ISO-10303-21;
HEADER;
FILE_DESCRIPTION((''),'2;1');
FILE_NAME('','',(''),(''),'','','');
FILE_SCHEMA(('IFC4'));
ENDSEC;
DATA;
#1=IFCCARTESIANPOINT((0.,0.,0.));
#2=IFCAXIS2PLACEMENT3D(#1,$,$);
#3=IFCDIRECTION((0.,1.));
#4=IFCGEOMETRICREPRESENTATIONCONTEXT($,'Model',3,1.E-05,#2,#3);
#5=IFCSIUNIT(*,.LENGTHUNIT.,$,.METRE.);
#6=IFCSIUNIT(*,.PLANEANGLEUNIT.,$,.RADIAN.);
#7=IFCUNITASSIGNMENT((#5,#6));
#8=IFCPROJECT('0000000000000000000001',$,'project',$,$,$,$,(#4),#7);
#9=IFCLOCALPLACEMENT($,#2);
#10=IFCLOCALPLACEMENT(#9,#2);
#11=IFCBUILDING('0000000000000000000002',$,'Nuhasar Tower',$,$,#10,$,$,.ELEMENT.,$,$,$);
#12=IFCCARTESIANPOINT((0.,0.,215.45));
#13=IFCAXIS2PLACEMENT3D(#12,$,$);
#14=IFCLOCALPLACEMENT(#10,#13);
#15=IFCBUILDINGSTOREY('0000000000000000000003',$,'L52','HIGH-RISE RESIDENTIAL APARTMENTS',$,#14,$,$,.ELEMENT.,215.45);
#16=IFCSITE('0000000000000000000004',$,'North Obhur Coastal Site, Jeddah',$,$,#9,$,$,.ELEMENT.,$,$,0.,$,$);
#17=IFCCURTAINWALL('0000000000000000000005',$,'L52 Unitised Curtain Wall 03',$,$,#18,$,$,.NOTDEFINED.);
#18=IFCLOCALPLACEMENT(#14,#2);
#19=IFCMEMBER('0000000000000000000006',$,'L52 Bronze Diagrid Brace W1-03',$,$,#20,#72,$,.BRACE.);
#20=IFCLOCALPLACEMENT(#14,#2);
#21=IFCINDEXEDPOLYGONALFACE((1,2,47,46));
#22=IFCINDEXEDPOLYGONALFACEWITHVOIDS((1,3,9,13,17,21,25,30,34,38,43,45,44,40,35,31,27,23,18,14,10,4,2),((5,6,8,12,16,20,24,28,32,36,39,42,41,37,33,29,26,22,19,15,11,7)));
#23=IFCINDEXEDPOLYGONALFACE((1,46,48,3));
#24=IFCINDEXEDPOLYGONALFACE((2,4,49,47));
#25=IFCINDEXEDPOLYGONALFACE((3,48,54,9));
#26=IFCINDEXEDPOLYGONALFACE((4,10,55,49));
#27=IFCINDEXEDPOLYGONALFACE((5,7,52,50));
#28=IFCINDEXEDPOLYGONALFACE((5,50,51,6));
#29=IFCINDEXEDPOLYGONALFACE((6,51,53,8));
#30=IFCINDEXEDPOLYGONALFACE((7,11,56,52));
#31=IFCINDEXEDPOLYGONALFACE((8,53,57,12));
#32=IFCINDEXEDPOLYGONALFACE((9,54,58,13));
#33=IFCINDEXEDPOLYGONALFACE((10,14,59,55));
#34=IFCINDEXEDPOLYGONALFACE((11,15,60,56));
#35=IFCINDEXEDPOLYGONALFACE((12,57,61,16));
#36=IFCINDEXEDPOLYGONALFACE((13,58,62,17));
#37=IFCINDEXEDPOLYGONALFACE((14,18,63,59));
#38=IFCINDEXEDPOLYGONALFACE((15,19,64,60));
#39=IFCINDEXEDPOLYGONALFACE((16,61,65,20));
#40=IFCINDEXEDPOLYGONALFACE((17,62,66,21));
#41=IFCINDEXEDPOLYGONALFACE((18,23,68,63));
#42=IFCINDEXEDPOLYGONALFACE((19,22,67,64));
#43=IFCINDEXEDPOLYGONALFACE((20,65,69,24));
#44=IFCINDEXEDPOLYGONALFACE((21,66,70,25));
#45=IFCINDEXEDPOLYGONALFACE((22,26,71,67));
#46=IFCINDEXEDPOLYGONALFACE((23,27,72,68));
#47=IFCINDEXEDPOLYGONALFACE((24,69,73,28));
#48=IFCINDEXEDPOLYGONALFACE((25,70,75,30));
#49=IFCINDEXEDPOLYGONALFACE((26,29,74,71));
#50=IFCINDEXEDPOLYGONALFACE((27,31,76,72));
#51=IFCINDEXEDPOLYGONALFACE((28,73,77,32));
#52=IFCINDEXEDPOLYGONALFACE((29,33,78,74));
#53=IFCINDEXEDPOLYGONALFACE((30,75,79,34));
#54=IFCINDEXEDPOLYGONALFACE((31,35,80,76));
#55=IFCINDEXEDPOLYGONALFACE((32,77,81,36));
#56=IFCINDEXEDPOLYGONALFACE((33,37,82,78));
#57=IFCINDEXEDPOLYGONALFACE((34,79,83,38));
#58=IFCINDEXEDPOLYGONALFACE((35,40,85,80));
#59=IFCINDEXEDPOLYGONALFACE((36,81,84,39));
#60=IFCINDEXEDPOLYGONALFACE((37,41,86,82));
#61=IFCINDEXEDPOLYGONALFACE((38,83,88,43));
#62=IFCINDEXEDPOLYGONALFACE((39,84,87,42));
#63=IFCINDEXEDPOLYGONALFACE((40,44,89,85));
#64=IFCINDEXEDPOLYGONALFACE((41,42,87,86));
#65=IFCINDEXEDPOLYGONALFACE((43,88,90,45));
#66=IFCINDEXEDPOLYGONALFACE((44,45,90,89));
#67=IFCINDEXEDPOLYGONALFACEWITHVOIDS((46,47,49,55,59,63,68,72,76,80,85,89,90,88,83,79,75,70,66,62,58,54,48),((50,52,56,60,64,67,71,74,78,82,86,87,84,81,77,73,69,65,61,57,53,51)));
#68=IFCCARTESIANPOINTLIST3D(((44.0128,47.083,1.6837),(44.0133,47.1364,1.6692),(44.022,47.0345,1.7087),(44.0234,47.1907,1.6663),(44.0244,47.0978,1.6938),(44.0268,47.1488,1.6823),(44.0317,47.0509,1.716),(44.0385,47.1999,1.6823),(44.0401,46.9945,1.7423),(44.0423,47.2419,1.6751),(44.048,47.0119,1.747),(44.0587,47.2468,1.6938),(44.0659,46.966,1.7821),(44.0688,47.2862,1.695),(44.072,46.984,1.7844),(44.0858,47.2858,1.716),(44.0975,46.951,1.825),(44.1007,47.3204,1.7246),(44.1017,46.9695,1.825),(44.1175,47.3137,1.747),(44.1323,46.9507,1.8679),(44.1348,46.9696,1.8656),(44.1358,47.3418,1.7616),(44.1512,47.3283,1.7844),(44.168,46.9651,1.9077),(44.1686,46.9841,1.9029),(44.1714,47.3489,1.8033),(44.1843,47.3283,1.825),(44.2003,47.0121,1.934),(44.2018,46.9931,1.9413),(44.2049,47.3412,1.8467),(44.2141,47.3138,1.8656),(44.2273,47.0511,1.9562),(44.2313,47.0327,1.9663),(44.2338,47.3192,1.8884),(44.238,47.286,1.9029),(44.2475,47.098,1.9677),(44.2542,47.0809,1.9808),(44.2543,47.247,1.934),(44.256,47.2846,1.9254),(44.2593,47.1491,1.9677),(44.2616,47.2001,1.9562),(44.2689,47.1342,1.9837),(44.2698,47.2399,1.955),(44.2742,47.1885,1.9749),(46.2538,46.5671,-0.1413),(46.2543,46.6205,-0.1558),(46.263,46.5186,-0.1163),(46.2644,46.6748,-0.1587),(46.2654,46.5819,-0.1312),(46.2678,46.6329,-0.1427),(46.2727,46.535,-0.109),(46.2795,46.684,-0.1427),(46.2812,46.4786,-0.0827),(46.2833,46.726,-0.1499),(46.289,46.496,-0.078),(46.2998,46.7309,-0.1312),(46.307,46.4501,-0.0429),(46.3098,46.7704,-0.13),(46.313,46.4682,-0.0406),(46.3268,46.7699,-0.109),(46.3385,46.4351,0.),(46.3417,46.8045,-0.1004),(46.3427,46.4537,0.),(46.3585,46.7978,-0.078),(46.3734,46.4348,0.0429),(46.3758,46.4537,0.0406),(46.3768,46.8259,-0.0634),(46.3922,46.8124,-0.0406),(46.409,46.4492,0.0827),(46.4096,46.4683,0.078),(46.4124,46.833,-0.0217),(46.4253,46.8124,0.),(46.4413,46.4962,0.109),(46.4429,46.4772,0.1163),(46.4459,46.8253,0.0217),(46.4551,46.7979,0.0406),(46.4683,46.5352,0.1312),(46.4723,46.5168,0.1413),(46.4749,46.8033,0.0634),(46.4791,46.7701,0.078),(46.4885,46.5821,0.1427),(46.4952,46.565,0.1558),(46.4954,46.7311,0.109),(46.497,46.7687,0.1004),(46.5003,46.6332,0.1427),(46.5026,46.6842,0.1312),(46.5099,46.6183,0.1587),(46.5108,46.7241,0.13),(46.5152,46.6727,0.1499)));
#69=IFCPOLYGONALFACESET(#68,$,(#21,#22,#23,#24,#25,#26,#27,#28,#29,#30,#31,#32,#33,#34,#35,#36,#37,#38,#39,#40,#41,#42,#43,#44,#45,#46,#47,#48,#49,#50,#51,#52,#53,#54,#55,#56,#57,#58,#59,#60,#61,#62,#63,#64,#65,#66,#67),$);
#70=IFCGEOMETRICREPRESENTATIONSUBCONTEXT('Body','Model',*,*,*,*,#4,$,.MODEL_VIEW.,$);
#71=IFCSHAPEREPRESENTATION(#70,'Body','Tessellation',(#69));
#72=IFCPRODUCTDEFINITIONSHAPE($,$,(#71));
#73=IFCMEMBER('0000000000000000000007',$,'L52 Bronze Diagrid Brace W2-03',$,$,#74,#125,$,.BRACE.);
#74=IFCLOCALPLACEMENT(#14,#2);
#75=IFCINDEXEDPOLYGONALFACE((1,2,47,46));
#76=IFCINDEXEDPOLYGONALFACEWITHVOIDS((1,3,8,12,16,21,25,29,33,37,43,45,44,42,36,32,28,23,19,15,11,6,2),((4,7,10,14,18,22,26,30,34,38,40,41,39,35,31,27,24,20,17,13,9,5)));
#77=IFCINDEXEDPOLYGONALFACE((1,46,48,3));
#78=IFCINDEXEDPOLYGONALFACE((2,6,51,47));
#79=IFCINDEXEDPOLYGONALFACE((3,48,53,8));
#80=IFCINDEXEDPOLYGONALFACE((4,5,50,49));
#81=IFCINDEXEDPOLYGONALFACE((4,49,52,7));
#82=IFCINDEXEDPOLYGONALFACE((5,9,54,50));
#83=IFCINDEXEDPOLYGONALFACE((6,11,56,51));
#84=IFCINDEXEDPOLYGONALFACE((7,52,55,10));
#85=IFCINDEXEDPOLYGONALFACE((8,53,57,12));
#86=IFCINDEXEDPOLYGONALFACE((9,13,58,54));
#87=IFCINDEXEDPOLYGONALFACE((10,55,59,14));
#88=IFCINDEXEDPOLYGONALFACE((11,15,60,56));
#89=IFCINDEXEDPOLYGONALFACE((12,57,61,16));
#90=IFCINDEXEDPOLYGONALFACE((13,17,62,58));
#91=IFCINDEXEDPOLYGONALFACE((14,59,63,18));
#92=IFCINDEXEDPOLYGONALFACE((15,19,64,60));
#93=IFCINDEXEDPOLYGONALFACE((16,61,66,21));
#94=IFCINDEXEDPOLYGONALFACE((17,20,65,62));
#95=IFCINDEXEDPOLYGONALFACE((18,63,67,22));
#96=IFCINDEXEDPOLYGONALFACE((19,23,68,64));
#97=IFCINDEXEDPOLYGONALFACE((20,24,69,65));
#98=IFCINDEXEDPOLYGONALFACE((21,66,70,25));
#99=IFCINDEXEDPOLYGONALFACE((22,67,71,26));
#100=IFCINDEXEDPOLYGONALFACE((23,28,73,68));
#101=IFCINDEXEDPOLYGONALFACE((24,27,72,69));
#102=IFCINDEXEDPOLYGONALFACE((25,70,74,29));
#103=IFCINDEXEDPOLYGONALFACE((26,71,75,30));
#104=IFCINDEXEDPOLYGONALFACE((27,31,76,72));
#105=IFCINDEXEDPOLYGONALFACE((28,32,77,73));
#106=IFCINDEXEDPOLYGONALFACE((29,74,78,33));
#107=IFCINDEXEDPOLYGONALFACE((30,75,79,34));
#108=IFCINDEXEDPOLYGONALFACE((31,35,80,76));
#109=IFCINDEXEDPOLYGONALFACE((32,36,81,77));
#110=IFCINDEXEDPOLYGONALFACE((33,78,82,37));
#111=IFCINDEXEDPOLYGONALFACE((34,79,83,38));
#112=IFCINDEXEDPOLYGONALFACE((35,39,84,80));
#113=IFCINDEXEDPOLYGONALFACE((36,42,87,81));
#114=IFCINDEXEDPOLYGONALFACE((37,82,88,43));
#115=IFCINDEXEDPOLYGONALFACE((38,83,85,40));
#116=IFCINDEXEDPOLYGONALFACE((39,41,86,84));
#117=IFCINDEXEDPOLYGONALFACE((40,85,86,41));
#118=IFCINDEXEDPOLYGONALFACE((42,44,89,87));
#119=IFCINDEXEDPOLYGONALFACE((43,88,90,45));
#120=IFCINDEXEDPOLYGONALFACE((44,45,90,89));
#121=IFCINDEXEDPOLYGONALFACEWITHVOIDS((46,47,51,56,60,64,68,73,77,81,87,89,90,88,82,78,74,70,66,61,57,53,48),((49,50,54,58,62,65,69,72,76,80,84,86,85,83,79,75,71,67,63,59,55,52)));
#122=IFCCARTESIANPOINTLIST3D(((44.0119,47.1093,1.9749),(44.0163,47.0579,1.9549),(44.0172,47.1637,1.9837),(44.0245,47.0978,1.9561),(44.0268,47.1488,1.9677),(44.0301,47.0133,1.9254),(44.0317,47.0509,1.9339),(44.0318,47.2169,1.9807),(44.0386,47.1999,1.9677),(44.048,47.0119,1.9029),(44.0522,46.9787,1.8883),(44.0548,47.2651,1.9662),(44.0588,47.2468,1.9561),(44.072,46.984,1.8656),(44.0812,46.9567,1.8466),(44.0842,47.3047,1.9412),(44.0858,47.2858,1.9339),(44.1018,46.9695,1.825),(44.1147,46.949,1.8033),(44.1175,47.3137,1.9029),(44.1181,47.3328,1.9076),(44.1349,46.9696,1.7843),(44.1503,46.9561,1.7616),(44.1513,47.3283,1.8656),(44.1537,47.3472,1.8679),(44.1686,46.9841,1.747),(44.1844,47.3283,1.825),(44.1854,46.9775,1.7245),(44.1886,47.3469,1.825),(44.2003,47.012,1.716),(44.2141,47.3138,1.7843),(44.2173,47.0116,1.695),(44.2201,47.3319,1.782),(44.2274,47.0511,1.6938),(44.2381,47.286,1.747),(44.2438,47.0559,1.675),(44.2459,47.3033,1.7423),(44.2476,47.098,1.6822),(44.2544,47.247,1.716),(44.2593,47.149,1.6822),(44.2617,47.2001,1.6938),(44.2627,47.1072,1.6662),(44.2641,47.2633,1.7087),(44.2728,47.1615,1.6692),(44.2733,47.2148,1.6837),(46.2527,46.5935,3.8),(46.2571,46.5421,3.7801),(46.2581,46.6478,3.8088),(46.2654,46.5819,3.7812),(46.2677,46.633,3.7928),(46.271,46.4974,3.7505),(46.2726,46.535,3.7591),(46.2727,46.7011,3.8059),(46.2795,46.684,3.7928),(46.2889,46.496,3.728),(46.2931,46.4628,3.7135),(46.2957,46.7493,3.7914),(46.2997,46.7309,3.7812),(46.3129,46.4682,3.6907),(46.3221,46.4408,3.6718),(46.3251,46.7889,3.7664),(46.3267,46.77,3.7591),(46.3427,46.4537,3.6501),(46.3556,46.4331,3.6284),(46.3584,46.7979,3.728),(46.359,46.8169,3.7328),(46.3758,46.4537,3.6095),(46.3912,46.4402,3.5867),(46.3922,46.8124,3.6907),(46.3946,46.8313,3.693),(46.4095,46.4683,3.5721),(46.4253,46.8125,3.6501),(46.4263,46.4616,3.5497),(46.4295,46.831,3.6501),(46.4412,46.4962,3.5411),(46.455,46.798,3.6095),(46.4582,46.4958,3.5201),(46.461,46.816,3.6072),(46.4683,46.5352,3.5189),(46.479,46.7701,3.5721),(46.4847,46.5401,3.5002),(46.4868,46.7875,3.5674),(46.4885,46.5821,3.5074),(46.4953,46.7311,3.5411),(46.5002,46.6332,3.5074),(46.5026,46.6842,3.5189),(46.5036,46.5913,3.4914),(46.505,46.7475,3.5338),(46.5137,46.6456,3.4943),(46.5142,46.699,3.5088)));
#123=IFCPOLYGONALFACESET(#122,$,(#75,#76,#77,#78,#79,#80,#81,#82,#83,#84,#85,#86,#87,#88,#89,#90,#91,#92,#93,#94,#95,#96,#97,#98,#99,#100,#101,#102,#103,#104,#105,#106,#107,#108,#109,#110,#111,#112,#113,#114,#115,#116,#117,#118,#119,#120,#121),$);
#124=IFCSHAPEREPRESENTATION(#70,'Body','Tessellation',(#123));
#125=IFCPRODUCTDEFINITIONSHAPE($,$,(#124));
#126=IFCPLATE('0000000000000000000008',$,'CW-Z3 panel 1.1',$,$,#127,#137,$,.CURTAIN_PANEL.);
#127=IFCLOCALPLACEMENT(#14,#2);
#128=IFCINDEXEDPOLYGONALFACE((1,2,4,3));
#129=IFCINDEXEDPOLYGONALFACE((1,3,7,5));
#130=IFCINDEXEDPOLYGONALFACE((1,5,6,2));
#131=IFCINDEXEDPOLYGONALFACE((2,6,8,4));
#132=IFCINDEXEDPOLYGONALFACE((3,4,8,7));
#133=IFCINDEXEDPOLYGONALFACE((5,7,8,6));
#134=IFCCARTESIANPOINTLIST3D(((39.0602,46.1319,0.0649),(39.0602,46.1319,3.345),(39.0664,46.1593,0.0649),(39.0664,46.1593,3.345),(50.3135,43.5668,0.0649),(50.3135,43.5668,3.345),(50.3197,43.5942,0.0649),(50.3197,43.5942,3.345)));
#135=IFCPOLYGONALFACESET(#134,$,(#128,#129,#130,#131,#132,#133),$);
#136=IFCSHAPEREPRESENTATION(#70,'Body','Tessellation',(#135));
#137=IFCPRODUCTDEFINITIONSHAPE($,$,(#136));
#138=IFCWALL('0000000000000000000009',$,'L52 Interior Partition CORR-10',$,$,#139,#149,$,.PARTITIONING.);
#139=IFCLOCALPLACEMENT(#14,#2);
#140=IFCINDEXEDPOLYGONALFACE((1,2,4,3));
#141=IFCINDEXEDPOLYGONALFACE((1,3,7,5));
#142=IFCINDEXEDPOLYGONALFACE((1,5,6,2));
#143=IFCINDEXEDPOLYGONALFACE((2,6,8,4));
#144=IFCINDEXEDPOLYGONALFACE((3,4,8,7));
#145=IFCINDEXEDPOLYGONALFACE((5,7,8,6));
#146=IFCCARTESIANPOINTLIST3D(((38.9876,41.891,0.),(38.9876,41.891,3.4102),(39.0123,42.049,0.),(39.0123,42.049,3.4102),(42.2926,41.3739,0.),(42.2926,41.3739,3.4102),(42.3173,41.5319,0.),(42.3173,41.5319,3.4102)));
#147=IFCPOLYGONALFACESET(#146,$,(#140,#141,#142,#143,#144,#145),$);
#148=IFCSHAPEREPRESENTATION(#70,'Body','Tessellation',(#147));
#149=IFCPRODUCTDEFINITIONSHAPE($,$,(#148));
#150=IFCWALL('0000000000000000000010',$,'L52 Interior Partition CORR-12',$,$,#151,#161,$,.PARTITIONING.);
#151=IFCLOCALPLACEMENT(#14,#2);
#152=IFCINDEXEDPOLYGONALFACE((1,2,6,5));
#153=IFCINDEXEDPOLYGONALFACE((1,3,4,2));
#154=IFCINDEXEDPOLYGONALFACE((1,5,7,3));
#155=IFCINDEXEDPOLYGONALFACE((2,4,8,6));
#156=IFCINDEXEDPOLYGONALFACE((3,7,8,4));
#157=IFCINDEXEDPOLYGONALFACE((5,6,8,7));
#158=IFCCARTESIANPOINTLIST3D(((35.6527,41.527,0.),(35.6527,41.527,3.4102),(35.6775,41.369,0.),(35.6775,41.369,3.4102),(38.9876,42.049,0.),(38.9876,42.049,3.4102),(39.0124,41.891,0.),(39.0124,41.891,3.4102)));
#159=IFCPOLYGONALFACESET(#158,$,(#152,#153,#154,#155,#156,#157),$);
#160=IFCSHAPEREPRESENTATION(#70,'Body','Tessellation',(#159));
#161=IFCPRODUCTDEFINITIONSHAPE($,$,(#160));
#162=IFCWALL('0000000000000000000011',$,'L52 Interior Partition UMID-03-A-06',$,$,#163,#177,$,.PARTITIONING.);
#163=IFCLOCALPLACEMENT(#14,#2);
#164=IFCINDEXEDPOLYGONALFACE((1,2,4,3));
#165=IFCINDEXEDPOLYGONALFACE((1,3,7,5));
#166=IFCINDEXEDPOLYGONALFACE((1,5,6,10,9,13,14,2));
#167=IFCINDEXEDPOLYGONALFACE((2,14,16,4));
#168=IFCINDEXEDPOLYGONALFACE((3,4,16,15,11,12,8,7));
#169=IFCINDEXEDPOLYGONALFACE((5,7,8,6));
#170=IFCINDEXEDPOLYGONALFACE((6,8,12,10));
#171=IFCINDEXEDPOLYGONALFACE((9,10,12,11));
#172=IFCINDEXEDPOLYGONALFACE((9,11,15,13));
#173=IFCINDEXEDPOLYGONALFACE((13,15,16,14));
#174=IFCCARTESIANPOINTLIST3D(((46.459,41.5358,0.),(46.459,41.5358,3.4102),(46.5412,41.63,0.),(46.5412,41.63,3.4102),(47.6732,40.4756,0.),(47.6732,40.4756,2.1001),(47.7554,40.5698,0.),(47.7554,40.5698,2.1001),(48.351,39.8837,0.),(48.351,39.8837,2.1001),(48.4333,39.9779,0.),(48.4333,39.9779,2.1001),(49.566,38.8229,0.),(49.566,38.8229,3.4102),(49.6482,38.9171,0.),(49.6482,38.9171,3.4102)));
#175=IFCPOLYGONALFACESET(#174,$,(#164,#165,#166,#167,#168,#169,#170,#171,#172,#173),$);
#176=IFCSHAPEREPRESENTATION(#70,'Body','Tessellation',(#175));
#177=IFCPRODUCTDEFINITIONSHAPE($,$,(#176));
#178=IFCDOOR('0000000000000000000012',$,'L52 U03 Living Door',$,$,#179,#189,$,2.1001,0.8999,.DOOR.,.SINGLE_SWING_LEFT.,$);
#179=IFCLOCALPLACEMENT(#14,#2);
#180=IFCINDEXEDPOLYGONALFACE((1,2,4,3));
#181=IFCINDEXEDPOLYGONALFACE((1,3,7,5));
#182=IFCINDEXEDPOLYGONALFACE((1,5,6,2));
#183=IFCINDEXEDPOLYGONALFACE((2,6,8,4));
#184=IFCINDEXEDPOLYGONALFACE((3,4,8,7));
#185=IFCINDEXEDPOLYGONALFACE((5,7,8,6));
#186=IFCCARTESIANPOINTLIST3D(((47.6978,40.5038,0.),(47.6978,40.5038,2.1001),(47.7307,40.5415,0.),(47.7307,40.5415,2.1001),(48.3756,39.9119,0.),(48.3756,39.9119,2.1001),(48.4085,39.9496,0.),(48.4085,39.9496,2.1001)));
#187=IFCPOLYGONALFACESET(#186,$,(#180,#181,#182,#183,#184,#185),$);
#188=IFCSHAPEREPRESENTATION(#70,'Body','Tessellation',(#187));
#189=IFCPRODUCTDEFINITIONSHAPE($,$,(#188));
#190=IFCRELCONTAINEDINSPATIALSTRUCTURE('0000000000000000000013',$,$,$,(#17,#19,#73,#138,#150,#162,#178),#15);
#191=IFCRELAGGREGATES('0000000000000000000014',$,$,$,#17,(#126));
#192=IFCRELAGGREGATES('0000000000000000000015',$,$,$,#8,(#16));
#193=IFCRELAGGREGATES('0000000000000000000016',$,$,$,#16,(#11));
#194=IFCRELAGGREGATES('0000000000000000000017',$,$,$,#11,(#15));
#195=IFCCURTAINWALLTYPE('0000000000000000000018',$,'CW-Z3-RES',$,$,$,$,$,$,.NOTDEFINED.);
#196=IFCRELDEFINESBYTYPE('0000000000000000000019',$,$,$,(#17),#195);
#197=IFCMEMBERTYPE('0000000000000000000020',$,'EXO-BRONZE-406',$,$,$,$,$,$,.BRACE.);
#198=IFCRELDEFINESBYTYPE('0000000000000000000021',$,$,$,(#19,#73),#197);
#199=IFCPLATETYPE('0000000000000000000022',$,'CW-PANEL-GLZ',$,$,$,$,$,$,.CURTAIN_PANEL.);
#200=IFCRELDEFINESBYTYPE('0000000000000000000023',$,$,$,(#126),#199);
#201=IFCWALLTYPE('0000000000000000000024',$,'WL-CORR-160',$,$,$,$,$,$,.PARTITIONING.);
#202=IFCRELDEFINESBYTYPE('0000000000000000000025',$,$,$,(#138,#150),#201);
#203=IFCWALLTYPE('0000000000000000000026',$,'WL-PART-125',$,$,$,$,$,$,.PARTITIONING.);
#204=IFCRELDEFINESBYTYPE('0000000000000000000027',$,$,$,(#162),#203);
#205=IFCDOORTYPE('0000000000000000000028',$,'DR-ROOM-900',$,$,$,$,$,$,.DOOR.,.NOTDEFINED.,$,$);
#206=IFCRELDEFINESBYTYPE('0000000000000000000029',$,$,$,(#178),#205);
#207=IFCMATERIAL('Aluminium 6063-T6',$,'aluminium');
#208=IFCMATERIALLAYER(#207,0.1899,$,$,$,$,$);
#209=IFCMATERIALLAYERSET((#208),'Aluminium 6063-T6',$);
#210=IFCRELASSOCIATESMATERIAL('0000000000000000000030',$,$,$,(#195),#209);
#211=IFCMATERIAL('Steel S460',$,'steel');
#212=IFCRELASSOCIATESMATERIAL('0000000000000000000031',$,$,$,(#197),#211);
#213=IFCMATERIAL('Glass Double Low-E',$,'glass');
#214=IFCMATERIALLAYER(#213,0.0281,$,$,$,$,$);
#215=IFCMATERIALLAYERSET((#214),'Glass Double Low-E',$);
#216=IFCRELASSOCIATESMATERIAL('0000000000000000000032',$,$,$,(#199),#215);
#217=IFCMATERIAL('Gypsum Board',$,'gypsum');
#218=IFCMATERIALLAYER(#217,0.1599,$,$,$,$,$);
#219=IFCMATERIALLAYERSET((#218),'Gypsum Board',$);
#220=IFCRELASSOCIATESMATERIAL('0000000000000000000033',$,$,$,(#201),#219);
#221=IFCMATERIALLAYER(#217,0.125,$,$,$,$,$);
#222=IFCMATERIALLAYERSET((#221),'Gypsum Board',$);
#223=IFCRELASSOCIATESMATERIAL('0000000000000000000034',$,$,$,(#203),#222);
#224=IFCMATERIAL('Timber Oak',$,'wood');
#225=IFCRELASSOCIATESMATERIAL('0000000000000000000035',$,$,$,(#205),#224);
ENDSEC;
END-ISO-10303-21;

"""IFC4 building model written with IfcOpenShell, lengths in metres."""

from ifc_helpers import new_model, si_unit, direction, frame, frame_2d, origin, origin_2d, place, context, subcontext, project, spatial, rectangle, hollow_circle, extrude, material, layer, layer_set, material_profile, profile_set, type_object, element, fill, aggregate, save


model = new_model("IFC4")

# Units and contexts
model_context = context("Model", 3, precision=1e-05, world=origin(), true_north=direction((0.0, 1.0)))
body_context = subcontext(model_context, "Body", "Model", "MODEL_VIEW")
ifc_project = project(units=[si_unit("LENGTHUNIT", "METRE"), si_unit("PLANEANGLEUNIT", "RADIAN")], contexts=[model_context])

# Site, building, storey
site_placement = place(None, origin())
site = spatial("IfcSite", under=ifc_project, at=site_placement, Name="North Obhur Coastal Site, Jeddah", CompositionType="ELEMENT", RefElevation=0.0)
building_placement = place(site_placement, origin())
building = spatial("IfcBuilding", under=site, at=building_placement, Name="Nuhasar Tower", CompositionType="ELEMENT")
storey_placement = place(building_placement, frame((0.0, 0.0, 215.45)))
storey = spatial("IfcBuildingStorey", under=building, at=storey_placement, Name="L52", Description="HIGH-RISE RESIDENTIAL APARTMENTS", CompositionType="ELEMENT", Elevation=215.45)

# Curtain wall
ifc_material_1 = material(Name="Aluminium 6063-T6", Category="aluminium")
ifc_layer_1 = layer(ifc_material_1, 0.1899)
ifc_layer_set_1 = layer_set([ifc_layer_1], Name="Aluminium 6063-T6")
curtain_wall_type = type_object("IfcCurtainWallType", Name="CW-Z3-RES", PredefinedType="NOTDEFINED", material=ifc_layer_set_1)
curtain_wall_1_placement = place(storey_placement, origin())
curtain_wall_1 = element("IfcCurtainWall", 1, at=curtain_wall_1_placement, inside=storey, type_object=curtain_wall_type, Name="L52 Unitised Curtain Wall 03", PredefinedType="NOTDEFINED")

# Members
ifc_material_2 = material(Name="Steel S460", Category="steel")
ifc_material_profile_1 = material_profile(ifc_material_2, hollow_circle(Radius=0.2031, WallThickness=0.019, at=origin_2d()), Name="HSS406.4X19.1")
ifc_profile_set_1 = profile_set([ifc_material_profile_1], Name="Steel S460")
member_type_1 = type_object("IfcMemberType", Name="EXO-BRONZE-406", PredefinedType="BRACE", material=ifc_profile_set_1)
for number, where, z_axis, x_axis, name in (
    (2, (46.384, 46.6331, 0.0), (-0.763343, 0.175721, 0.621635), (-0.224332, -0.974513, 0.0), "L52 Bronze Diagrid Brace W1-03"),
    (3, (44.1431, 47.1489, 1.825), (0.763303, -0.175712, 0.621686), (0.224332, 0.974513, 0.0), "L52 Bronze Diagrid Brace W2-03"),
):
    element("IfcMember", number, at=place(storey_placement, frame(where, z_axis=z_axis, x_axis=x_axis)), inside=storey, type_object=member_type_1, Name=name, PredefinedType="BRACE", context=body_context, shape_type="SweptSolid", body=[
        extrude(hollow_circle(Radius=0.2031, WallThickness=0.019, at=origin_2d()), origin(), (0.0, 0.0, 1.0), 2.9358),
    ])

# Plate
ifc_material_3 = material(Name="Glass Double Low-E", Category="glass")
ifc_layer_2 = layer(ifc_material_3, 0.0281)
ifc_layer_set_2 = layer_set([ifc_layer_2], Name="Glass Double Low-E")
plate_type = type_object("IfcPlateType", Name="CW-PANEL-GLZ", PredefinedType="CURTAIN_PANEL", material=ifc_layer_set_2)
plate_placement = place(storey_placement, frame((44.6899, 44.863, 0.0649), z_axis=(0.0, 0.0, 1.0), x_axis=(-0.974991, 0.222243, 0.0)))
plate = element("IfcPlate", 4, at=plate_placement, type_object=plate_type, Name="CW-Z3 panel 1.1", PredefinedType="CURTAIN_PANEL", context=body_context, shape_type="SweptSolid", body=[
    extrude(rectangle(XDim=11.542, YDim=0.0281, at=origin_2d()), origin(), (0.0, 0.0, 1.0), 3.28),
])
aggregate(curtain_wall_1, [plate])

# Walls
ifc_material_4 = material(Name="Gypsum Board", Category="gypsum")
ifc_layer_3 = layer(ifc_material_4, 0.1599)
ifc_layer_set_3 = layer_set([ifc_layer_3], Name="Gypsum Board")
wall_type_1 = type_object("IfcWallType", Name="WL-CORR-160", PredefinedType="PARTITIONING", material=ifc_layer_set_3)
wall_1_placement = place(storey_placement, frame((42.3049, 41.4529, 0.0), z_axis=(0.0, 0.0, 1.0), x_axis=(-0.98798, 0.154579, 0.0)))
element("IfcWall", 5, at=wall_1_placement, inside=storey, type_object=wall_type_1, Name="L52 Interior Partition CORR-10", PredefinedType="PARTITIONING", context=body_context, shape_type="SweptSolid", body=[
    extrude(rectangle(XDim=3.3452, YDim=0.1599, at=frame_2d((1.6726, 0.0))), origin(), (0.0, 0.0, 1.0), 3.4102),
])
wall_2_placement = place(storey_placement, frame((39.0, 41.97, 0.0), z_axis=(0.0, 0.0, 1.0), x_axis=(-0.987972, -0.154633, 0.0)))
element("IfcWall", 6, at=wall_2_placement, inside=storey, type_object=wall_type_1, Name="L52 Interior Partition CORR-12", PredefinedType="PARTITIONING", context=body_context, shape_type="SweptSolid", body=[
    extrude(rectangle(XDim=3.3755, YDim=0.1599, at=frame_2d((1.6877, 0.0))), origin(), (0.0, 0.0, 1.0), 3.4102),
])

# Wall, opening, door
ifc_layer_4 = layer(ifc_material_4, 0.125)
ifc_layer_set_4 = layer_set([ifc_layer_4], Name="Gypsum Board")
wall_type_2 = type_object("IfcWallType", Name="WL-PART-125", PredefinedType="PARTITIONING", material=ifc_layer_set_4)
wall_3_placement = place(storey_placement, frame((46.5, 41.583, 0.0), z_axis=(0.0, 0.0, 1.0), x_axis=(0.753258, -0.657725, 0.0)))
wall_3 = element("IfcWall", 7, at=wall_3_placement, inside=storey, type_object=wall_type_2, Name="L52 Interior Partition UMID-03-A-06", PredefinedType="PARTITIONING", context=body_context, shape_type="SweptSolid", body=[
    extrude(rectangle(XDim=4.1248, YDim=0.125, at=frame_2d((2.0625, 0.0))), origin(), (0.0, 0.0, 1.0), 3.4102),
])
opening_1_placement = place(wall_3_placement, frame((1.6121, 0.0, 0.0)))
opening_1 = element("IfcOpeningElement", 8, at=opening_1_placement, cuts=wall_3, PredefinedType="OPENING", context=body_context, shape_type="SweptSolid", body=[
    extrude(rectangle(XDim=0.8999, YDim=2.1001, at=frame_2d((0.45, 1.05))), frame((0.0, 0.0725, 0.0), z_axis=(0.0, -1.0, 0.0), x_axis=(1.0, 0.0, 0.0)), (0.0, 0.0, 1.0), 0.145),
])
ifc_material_5 = material(Name="Timber Oak", Category="wood")
door_type = type_object("IfcDoorType", Name="DR-ROOM-900", OperationType="NOTDEFINED", PredefinedType="DOOR", material=ifc_material_5)
door_1_placement = place(opening_1_placement, origin())
door_1 = element("IfcDoor", 9, at=door_1_placement, inside=storey, type_object=door_type, Name="L52 U03 Living Door", OperationType="SINGLE_SWING_LEFT", OverallHeight=2.1001, OverallWidth=0.8999, PredefinedType="DOOR", context=body_context, shape_type="SweptSolid", body=[
    extrude(rectangle(XDim=0.8999, YDim=2.1001, at=frame_2d((0.45, 1.05))), frame((0.0, 0.0249, 0.0), z_axis=(0.0, -1.0, 0.0), x_axis=(1.0, 0.0, 0.0)), (0.0, 0.0, 1.0), 0.05),
])
fill(opening_1, door_1)

save(model, "model.ifc")
